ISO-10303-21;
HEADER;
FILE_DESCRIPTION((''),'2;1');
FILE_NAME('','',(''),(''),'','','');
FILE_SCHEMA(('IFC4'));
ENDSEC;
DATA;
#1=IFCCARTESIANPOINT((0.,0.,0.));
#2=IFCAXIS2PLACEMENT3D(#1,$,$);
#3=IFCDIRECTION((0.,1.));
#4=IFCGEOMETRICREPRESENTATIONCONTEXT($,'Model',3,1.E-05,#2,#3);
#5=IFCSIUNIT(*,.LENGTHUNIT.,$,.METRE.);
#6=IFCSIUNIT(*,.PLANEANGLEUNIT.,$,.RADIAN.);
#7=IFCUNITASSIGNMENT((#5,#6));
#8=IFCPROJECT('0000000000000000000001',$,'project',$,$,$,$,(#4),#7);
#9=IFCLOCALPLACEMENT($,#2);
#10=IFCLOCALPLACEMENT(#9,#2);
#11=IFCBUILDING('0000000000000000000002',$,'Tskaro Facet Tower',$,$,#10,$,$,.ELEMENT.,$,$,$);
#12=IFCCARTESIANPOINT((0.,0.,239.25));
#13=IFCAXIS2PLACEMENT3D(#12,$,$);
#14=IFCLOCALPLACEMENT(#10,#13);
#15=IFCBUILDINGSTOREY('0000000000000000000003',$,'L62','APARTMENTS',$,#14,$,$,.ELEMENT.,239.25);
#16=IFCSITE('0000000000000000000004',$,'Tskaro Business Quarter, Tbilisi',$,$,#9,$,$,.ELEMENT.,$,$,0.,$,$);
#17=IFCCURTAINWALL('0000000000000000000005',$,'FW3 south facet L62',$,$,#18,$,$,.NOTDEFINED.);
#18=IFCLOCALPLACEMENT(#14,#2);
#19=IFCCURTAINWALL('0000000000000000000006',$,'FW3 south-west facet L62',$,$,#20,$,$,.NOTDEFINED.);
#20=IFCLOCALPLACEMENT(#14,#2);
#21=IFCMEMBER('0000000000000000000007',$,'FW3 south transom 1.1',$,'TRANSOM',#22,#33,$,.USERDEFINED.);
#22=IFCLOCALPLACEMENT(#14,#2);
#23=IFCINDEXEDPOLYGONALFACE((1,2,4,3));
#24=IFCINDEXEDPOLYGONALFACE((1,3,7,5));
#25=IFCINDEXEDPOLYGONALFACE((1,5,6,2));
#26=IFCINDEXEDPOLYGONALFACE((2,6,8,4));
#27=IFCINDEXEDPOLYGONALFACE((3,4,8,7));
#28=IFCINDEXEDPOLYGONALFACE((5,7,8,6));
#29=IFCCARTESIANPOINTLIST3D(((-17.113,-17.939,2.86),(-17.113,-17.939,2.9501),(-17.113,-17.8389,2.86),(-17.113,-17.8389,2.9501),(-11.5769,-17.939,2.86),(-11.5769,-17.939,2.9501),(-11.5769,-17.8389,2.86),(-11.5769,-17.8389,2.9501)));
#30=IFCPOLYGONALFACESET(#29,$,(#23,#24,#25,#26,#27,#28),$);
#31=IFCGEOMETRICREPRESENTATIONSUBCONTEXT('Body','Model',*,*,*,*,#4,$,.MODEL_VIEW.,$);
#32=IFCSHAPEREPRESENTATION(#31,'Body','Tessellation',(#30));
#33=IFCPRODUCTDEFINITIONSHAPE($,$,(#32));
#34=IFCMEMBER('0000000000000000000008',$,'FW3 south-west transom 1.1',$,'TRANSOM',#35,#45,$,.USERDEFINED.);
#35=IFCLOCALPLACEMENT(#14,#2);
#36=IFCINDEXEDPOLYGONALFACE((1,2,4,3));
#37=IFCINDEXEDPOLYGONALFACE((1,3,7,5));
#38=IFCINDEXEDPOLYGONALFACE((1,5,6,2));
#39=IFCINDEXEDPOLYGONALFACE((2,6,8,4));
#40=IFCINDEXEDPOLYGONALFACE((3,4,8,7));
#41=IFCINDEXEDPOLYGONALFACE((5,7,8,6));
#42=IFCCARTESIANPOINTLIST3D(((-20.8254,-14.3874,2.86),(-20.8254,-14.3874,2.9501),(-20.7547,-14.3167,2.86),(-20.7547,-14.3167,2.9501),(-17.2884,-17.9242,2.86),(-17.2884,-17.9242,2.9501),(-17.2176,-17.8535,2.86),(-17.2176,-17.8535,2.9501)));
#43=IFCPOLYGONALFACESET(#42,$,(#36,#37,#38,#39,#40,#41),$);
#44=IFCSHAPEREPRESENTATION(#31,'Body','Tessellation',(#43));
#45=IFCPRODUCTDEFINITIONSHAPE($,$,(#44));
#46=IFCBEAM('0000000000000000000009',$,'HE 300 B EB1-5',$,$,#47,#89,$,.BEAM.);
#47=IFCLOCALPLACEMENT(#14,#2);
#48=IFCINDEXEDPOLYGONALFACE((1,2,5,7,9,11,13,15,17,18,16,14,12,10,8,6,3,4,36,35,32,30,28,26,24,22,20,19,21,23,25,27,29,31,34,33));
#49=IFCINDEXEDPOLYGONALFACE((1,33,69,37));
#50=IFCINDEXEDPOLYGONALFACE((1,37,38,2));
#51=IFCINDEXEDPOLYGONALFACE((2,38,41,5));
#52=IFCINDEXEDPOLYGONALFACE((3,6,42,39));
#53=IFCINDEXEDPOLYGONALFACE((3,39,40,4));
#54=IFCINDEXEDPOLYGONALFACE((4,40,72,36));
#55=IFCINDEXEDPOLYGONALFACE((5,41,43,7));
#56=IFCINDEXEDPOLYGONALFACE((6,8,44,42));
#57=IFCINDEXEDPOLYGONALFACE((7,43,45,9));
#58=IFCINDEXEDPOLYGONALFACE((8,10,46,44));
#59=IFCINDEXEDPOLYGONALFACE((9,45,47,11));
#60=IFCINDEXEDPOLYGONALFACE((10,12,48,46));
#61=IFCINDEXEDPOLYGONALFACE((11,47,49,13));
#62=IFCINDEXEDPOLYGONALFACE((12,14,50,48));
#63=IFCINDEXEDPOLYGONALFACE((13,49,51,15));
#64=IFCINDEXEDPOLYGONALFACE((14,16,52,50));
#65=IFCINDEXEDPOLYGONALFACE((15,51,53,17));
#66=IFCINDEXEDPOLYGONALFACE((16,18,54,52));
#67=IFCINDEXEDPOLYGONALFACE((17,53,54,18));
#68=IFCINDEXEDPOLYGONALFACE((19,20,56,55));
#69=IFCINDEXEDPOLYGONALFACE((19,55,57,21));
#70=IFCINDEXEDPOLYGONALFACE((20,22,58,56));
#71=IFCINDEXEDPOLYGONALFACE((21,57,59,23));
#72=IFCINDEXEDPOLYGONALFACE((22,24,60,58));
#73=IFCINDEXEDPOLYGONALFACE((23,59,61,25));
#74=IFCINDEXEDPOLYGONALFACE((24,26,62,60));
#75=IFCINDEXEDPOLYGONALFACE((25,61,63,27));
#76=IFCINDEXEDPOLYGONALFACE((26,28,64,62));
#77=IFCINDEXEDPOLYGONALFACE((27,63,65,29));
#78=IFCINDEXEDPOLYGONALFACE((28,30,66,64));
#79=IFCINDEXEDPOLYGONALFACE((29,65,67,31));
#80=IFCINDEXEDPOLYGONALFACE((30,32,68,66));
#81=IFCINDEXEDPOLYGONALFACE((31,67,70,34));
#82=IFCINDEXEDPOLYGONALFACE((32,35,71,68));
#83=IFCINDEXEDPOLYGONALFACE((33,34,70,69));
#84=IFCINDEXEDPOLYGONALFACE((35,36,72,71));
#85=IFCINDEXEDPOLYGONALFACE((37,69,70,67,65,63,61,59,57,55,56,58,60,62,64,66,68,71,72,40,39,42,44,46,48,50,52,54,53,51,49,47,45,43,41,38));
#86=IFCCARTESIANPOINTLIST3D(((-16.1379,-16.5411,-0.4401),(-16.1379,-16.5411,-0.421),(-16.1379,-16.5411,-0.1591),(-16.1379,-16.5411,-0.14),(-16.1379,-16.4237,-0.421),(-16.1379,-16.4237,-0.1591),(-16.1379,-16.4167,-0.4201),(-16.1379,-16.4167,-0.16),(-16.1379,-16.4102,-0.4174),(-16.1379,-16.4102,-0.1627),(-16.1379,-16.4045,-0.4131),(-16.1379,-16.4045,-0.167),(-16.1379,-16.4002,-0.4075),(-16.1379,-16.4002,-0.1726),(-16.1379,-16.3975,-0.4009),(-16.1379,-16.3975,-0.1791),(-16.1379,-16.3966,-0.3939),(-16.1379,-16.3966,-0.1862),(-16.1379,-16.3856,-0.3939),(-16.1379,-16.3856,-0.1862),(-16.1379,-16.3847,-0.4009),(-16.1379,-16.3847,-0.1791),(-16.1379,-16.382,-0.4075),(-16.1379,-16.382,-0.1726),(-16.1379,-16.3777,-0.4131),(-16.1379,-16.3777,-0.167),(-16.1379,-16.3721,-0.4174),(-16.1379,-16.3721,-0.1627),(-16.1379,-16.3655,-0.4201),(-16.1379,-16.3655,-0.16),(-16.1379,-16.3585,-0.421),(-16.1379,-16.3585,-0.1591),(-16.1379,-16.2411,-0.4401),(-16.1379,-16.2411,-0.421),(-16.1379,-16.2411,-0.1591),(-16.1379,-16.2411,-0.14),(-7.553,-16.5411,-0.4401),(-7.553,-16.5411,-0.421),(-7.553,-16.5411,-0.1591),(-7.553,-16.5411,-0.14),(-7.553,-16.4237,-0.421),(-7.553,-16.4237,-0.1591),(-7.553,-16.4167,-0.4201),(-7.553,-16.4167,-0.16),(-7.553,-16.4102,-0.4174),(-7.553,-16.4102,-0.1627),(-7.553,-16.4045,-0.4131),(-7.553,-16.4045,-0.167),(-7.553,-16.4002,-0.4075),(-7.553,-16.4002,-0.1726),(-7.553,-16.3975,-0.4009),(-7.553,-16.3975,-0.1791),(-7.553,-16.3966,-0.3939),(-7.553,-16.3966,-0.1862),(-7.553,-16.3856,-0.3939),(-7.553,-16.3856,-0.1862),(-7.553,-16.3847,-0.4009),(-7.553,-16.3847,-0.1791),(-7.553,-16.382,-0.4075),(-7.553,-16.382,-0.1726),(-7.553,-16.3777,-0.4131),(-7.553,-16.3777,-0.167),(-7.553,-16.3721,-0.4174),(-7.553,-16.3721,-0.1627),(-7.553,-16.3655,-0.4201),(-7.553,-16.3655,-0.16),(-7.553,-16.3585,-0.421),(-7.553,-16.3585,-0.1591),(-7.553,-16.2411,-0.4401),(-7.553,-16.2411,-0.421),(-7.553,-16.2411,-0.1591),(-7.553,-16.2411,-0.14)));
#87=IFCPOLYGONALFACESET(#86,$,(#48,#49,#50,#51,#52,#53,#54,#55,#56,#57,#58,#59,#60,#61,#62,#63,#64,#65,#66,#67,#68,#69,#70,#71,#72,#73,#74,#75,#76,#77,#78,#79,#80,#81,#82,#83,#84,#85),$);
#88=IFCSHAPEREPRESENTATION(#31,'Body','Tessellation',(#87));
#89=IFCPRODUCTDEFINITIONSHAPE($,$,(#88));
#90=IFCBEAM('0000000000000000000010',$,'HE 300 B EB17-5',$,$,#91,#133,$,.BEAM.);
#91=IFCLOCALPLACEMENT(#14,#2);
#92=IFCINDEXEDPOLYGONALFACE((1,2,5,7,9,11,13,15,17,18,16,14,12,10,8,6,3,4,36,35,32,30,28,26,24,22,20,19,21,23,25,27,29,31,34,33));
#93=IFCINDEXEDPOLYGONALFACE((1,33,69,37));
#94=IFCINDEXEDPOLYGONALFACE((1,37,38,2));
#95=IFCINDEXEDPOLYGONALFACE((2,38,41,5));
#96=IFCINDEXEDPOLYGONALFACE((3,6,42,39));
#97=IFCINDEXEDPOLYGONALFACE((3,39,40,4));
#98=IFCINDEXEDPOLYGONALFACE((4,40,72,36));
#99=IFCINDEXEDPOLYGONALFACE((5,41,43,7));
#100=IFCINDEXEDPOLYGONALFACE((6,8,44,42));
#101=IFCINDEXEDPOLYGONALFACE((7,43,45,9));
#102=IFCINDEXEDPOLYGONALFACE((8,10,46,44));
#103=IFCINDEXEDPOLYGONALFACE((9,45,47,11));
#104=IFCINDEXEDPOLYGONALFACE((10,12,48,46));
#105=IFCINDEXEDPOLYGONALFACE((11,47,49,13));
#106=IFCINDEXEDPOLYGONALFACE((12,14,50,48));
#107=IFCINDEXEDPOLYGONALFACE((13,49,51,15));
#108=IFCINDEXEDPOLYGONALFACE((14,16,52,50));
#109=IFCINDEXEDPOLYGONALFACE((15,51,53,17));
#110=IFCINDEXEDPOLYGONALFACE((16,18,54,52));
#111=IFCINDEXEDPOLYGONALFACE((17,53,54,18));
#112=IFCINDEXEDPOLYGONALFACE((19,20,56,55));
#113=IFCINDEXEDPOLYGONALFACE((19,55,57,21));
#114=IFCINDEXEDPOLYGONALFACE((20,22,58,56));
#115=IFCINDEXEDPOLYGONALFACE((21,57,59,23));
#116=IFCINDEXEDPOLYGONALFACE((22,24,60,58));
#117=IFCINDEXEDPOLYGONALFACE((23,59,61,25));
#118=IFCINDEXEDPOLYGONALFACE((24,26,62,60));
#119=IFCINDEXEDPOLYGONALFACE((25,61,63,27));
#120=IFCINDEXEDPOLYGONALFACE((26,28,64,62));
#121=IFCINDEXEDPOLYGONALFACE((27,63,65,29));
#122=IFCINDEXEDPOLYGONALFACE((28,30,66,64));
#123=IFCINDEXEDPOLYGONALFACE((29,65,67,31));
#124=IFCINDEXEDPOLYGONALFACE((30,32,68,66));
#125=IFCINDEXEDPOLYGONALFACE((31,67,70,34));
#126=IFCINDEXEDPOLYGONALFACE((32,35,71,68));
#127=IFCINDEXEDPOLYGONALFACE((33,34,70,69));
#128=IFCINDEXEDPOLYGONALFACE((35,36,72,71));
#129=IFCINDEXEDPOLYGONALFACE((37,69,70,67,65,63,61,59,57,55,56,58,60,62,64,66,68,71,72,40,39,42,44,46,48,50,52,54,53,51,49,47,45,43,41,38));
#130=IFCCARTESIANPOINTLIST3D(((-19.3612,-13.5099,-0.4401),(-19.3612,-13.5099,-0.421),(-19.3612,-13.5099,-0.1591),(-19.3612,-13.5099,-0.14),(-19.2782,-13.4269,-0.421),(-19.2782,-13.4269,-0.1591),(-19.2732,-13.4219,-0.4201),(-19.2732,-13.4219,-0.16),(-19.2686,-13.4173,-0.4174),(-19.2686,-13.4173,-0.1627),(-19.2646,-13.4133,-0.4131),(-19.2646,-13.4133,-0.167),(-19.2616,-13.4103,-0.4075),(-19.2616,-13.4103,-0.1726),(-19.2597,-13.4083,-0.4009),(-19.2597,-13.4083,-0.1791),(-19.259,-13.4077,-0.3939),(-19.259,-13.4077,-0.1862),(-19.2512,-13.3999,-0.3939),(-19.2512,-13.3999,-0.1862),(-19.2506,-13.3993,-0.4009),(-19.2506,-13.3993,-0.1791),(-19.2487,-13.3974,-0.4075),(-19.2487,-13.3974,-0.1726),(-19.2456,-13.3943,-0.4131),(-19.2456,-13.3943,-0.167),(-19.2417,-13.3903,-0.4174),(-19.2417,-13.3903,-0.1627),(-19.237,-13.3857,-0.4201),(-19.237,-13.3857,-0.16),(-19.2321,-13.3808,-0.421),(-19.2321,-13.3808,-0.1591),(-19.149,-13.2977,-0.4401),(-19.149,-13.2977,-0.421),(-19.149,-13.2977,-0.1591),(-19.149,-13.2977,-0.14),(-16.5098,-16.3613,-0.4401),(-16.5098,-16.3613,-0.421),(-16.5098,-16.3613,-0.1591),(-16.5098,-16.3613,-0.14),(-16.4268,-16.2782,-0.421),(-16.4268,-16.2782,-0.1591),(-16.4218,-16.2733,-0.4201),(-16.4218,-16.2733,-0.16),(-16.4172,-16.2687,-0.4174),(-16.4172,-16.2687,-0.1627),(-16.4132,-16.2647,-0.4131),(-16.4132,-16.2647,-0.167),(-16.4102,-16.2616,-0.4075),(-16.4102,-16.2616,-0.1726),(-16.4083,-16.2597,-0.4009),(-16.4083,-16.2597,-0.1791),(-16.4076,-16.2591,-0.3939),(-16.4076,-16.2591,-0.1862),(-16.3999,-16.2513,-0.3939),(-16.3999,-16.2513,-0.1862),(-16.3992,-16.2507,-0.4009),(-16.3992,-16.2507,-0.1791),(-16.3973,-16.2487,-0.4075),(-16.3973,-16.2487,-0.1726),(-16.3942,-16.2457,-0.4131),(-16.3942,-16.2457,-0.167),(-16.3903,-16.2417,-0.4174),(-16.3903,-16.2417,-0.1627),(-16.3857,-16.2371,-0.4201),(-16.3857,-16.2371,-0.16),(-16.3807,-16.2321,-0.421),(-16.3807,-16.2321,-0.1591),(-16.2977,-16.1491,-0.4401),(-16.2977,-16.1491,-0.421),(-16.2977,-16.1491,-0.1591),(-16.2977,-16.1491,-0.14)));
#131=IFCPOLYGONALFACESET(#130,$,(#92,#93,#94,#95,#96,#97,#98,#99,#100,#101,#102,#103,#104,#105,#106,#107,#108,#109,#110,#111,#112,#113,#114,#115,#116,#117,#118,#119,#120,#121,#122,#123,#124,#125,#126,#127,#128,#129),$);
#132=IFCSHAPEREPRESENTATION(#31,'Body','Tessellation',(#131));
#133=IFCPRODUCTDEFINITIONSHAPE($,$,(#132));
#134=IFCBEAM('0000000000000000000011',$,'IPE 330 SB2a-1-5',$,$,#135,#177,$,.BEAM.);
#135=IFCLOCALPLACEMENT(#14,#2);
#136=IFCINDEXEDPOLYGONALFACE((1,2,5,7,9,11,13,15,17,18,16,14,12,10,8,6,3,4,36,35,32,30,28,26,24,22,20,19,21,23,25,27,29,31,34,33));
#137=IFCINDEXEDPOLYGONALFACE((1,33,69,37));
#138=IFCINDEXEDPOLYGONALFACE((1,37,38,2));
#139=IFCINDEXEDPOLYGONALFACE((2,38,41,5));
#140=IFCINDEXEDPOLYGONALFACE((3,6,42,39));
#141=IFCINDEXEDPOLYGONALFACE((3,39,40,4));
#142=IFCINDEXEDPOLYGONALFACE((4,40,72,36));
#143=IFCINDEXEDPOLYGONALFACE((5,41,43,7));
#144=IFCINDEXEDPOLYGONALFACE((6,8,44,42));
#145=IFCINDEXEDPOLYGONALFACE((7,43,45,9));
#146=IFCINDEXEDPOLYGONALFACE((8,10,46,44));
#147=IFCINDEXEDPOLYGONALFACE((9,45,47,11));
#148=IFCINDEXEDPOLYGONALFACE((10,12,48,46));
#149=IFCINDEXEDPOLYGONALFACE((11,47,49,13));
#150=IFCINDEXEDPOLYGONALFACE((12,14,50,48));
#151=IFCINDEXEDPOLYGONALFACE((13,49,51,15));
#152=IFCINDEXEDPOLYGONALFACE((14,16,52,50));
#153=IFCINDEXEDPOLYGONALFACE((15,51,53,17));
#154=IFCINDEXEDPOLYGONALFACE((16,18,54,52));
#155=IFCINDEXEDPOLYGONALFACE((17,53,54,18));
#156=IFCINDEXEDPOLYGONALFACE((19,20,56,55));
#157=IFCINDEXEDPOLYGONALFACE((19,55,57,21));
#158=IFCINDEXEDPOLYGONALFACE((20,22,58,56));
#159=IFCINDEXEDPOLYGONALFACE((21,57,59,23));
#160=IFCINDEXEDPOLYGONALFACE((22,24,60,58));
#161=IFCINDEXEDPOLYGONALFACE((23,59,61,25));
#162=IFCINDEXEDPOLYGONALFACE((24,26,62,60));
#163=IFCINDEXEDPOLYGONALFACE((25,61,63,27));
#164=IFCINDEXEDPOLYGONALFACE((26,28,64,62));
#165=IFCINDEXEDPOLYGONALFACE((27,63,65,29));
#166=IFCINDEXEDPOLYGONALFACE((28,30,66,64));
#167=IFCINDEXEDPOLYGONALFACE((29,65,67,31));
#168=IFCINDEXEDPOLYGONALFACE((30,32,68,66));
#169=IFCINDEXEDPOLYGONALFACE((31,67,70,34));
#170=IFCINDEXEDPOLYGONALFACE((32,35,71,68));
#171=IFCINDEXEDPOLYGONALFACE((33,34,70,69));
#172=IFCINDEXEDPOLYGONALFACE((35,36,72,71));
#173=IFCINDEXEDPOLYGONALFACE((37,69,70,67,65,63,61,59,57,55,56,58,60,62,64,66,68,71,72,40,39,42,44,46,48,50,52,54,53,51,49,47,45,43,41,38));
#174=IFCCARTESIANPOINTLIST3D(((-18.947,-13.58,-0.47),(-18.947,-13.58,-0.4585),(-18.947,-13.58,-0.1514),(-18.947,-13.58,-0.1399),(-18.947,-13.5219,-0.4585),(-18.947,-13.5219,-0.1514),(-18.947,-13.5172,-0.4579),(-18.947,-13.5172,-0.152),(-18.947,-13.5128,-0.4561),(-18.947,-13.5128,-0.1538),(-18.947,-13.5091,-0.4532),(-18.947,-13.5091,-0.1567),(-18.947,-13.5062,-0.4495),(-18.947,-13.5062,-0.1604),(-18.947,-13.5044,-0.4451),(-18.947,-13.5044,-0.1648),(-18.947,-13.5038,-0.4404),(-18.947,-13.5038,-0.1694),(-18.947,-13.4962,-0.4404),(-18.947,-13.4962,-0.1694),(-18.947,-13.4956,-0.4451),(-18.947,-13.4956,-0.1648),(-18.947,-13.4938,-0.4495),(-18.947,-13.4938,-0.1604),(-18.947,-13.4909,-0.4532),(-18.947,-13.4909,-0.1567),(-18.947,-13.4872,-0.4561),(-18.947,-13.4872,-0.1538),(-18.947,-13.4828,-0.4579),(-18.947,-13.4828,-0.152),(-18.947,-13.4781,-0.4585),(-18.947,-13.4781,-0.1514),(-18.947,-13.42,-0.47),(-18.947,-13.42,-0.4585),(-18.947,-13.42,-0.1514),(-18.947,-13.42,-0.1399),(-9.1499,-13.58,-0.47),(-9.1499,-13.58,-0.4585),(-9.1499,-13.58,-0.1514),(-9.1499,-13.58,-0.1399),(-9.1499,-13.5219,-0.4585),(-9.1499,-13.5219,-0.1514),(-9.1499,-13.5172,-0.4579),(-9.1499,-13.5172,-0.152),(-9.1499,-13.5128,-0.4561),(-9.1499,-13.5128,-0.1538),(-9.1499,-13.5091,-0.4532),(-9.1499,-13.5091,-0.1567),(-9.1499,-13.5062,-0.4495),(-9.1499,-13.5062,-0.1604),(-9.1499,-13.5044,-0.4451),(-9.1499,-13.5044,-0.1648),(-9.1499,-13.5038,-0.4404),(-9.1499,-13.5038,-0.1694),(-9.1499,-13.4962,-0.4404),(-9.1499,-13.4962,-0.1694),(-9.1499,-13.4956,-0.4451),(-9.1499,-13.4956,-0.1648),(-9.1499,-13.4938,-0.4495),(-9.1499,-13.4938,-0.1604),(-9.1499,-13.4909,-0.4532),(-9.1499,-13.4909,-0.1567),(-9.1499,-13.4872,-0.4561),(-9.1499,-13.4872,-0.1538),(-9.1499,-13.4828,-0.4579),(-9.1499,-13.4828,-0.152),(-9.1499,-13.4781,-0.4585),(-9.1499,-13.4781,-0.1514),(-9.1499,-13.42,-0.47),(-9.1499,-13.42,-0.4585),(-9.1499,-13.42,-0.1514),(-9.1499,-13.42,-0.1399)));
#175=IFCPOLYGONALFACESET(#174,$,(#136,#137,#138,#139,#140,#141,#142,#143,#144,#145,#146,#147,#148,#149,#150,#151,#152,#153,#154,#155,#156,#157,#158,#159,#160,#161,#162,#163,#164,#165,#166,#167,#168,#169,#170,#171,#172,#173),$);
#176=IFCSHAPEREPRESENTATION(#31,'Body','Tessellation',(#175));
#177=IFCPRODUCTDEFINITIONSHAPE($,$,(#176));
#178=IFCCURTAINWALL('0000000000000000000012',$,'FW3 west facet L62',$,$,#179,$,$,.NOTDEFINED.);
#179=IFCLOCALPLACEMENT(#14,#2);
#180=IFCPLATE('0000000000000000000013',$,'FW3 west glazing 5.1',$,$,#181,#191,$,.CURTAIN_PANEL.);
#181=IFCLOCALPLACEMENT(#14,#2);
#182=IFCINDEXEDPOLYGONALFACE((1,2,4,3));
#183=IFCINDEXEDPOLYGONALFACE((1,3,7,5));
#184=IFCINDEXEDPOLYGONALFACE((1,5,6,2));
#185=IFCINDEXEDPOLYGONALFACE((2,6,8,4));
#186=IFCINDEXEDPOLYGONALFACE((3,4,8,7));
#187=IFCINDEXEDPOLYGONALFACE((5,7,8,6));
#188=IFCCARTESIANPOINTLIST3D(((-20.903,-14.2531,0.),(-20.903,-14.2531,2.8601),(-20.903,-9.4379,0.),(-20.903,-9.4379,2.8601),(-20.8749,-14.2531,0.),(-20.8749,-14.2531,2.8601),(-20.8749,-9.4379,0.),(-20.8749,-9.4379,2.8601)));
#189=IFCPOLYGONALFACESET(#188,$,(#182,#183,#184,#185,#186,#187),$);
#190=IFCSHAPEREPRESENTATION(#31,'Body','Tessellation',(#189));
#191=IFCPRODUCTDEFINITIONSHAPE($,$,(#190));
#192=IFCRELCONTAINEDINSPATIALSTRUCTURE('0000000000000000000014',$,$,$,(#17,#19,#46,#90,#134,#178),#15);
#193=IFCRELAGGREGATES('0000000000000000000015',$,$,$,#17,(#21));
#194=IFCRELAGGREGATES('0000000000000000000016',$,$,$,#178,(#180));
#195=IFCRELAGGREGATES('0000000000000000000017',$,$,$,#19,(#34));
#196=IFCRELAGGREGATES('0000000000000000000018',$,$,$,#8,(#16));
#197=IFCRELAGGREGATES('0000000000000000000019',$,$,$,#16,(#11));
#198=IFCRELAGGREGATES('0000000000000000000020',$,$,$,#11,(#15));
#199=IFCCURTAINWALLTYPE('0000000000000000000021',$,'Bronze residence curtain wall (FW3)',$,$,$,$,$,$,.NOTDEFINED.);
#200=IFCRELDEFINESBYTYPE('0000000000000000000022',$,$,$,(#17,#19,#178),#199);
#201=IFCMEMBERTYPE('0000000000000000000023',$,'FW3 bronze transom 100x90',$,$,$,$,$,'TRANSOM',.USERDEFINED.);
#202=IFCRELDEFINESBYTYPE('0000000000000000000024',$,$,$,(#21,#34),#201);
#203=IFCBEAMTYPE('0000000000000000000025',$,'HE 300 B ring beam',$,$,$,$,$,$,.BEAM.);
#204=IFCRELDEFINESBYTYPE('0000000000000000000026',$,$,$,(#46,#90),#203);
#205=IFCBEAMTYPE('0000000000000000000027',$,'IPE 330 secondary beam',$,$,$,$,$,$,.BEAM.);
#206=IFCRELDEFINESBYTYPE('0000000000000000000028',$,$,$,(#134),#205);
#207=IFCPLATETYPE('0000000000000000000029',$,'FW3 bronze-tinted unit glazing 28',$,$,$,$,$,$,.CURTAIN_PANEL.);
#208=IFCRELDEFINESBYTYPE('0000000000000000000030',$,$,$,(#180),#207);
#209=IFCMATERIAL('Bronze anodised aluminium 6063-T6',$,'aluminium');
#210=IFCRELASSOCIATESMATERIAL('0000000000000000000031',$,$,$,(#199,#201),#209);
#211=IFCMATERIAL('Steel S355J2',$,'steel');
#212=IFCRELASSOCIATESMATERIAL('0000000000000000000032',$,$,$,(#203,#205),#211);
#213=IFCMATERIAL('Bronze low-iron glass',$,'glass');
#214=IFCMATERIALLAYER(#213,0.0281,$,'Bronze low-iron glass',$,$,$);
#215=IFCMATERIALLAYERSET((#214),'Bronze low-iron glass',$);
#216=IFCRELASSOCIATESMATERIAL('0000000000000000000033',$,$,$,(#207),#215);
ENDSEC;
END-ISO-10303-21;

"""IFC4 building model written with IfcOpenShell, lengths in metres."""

from ifc_helpers import new_model, si_unit, direction, frame, origin, origin_2d, place, context, subcontext, project, spatial, rectangle, i_section, extrude, material, layer, layer_set, material_profile, profile_set, type_object, element, aggregate, save


model = new_model("IFC4")

# Units and contexts
model_context = context("Model", 3, precision=1e-05, world=origin(), true_north=direction((0.0, 1.0)))
body_context = subcontext(model_context, "Body", "Model", "MODEL_VIEW")
ifc_project = project(units=[si_unit("LENGTHUNIT", "METRE"), si_unit("PLANEANGLEUNIT", "RADIAN")], contexts=[model_context])

# Site, building, storey
site_placement = place(None, origin())
site = spatial("IfcSite", under=ifc_project, at=site_placement, Name="Tskaro Business Quarter, Tbilisi", CompositionType="ELEMENT", RefElevation=0.0)
building_placement = place(site_placement, origin())
building = spatial("IfcBuilding", under=site, at=building_placement, Name="Tskaro Facet Tower", CompositionType="ELEMENT")
storey_placement = place(building_placement, frame((0.0, 0.0, 239.25)))
storey = spatial("IfcBuildingStorey", under=building, at=storey_placement, Name="L62", Description="APARTMENTS", CompositionType="ELEMENT", Elevation=239.25)

# Shared definitions
ifc_material_1 = material(Name="Steel S355J2", Category="steel")

# Curtain walls
ifc_material_2 = material(Name="Bronze anodised aluminium 6063-T6", Category="aluminium")
curtain_wall_type = type_object("IfcCurtainWallType", Name="Bronze residence curtain wall (FW3)", PredefinedType="NOTDEFINED", material=ifc_material_2)
curtain_wall_1_placement = place(storey_placement, origin())
curtain_wall_1 = element("IfcCurtainWall", 1, at=curtain_wall_1_placement, inside=storey, type_object=curtain_wall_type, Name="FW3 south facet L62", PredefinedType="NOTDEFINED")
curtain_wall_2_placement = place(storey_placement, origin())
curtain_wall_2 = element("IfcCurtainWall", 2, at=curtain_wall_2_placement, inside=storey, type_object=curtain_wall_type, Name="FW3 south-west facet L62", PredefinedType="NOTDEFINED")

# Members
ifc_material_profile_1 = material_profile(ifc_material_2, rectangle(XDim=0.1001, YDim=0.0901, at=origin_2d()), Name="Transom 100x90")
ifc_profile_set_1 = profile_set([ifc_material_profile_1], Name="Bronze anodised aluminium 6063-T6")
member_type_1 = type_object("IfcMemberType", Name="FW3 bronze transom 100x90", ElementType="TRANSOM", PredefinedType="USERDEFINED", material=ifc_profile_set_1)
member_1_placement = place(storey_placement, frame((-17.113, -17.8889, 2.905), z_axis=(1.0, 0.0, 0.0), x_axis=(0.0, 1.0, 0.0)))
member_1 = element("IfcMember", 3, at=member_1_placement, type_object=member_type_1, Name="FW3 south transom 1.1", ObjectType="TRANSOM", PredefinedType="USERDEFINED", context=body_context, shape_type="SweptSolid", body=[
    extrude(rectangle(XDim=0.1001, YDim=0.0901, at=origin_2d()), origin(), (0.0, 0.0, 1.0), 5.5361),
])
aggregate(curtain_wall_1, [member_1])
member_2_placement = place(storey_placement, frame((-20.79, -14.3521, 2.905), z_axis=(0.707131, -0.707082, 0.0), x_axis=(0.707082, 0.707131, 0.0)))
member_2 = element("IfcMember", 4, at=member_2_placement, type_object=member_type_1, Name="FW3 south-west transom 1.1", ObjectType="TRANSOM", PredefinedType="USERDEFINED", context=body_context, shape_type="SweptSolid", body=[
    extrude(rectangle(XDim=0.1001, YDim=0.0901, at=origin_2d()), origin(), (0.0, 0.0, 1.0), 5.002),
])

# Beams
ifc_material_profile_2 = material_profile(ifc_material_1, i_section(OverallWidth=0.3, OverallDepth=0.3, WebThickness=0.011, FlangeThickness=0.019, FilletRadius=0.0271, at=origin_2d()), Name="HE 300 B")
ifc_profile_set_2 = profile_set([ifc_material_profile_2], Name="Steel S355J2")
beam_type_1 = type_object("IfcBeamType", Name="HE 300 B ring beam", PredefinedType="BEAM", material=ifc_profile_set_2)
beam_1_placement = place(storey_placement, frame((-16.1379, -16.3911, -0.29), z_axis=(1.0, 0.0, 0.0), x_axis=(0.0, 1.0, 0.0)))
element("IfcBeam", 5, at=beam_1_placement, inside=storey, type_object=beam_type_1, Name="HE 300 B EB1-5", PredefinedType="BEAM", context=body_context, shape_type="SweptSolid", body=[
    extrude(i_section(OverallWidth=0.3, OverallDepth=0.3, WebThickness=0.011, FlangeThickness=0.019, FilletRadius=0.0271, at=origin_2d()), origin(), (0.0, 0.0, 1.0), 8.585),
])
beam_2_placement = place(storey_placement, frame((-19.2551, -13.4038, -0.29), z_axis=(0.707107, -0.707107, 0.0), x_axis=(0.707107, 0.707107, 0.0)))
element("IfcBeam", 6, at=beam_2_placement, inside=storey, type_object=beam_type_1, Name="HE 300 B EB17-5", PredefinedType="BEAM", context=body_context, shape_type="SweptSolid", body=[
    extrude(i_section(OverallWidth=0.3, OverallDepth=0.3, WebThickness=0.011, FlangeThickness=0.019, FilletRadius=0.0271, at=origin_2d()), origin(), (0.0, 0.0, 1.0), 4.0325),
])
ifc_material_profile_3 = material_profile(ifc_material_1, i_section(OverallWidth=0.1599, OverallDepth=0.3301, WebThickness=0.0076, FlangeThickness=0.0115, FilletRadius=0.0181, at=origin_2d()), Name="IPE 330")
ifc_profile_set_3 = profile_set([ifc_material_profile_3], Name="Steel S355J2")
beam_type_2 = type_object("IfcBeamType", Name="IPE 330 secondary beam", PredefinedType="BEAM", material=ifc_profile_set_3)
beam_3_placement = place(storey_placement, frame((-18.947, -13.5, -0.3049), z_axis=(1.0, 0.0, 0.0), x_axis=(0.0, 1.0, 0.0)))
element("IfcBeam", 7, at=beam_3_placement, inside=storey, type_object=beam_type_2, Name="IPE 330 SB2a-1-5", PredefinedType="BEAM", context=body_context, shape_type="SweptSolid", body=[
    extrude(i_section(OverallWidth=0.1599, OverallDepth=0.3301, WebThickness=0.0076, FlangeThickness=0.0115, FilletRadius=0.0181, at=origin_2d()), origin(), (0.0, 0.0, 1.0), 9.7971),
])

# Curtain wall, plate
curtain_wall_3_placement = place(storey_placement, origin())
curtain_wall_3 = element("IfcCurtainWall", 8, at=curtain_wall_3_placement, inside=storey, type_object=curtain_wall_type, Name="FW3 west facet L62", PredefinedType="NOTDEFINED")
ifc_material_3 = material(Name="Bronze low-iron glass", Category="glass")
ifc_layer_1 = layer(ifc_material_3, 0.0281, Name="Bronze low-iron glass")
ifc_layer_set_1 = layer_set([ifc_layer_1], Name="Bronze low-iron glass")
plate_type = type_object("IfcPlateType", Name="FW3 bronze-tinted unit glazing 28", PredefinedType="CURTAIN_PANEL", material=ifc_layer_set_1)
plate_1_placement = place(storey_placement, frame((-20.8889, -11.8455, 0.0), z_axis=(0.0, 0.0, 1.0), x_axis=(0.0, -1.0, 0.0)))
plate_1 = element("IfcPlate", 9, at=plate_1_placement, type_object=plate_type, Name="FW3 west glazing 5.1", PredefinedType="CURTAIN_PANEL", context=body_context, shape_type="SweptSolid", body=[
    extrude(rectangle(XDim=4.8152, YDim=0.0281, at=origin_2d()), origin(), (0.0, 0.0, 1.0), 2.8601),
])
aggregate(curtain_wall_3, [plate_1])

aggregate(curtain_wall_2, [member_2])

save(model, "model.ifc")
